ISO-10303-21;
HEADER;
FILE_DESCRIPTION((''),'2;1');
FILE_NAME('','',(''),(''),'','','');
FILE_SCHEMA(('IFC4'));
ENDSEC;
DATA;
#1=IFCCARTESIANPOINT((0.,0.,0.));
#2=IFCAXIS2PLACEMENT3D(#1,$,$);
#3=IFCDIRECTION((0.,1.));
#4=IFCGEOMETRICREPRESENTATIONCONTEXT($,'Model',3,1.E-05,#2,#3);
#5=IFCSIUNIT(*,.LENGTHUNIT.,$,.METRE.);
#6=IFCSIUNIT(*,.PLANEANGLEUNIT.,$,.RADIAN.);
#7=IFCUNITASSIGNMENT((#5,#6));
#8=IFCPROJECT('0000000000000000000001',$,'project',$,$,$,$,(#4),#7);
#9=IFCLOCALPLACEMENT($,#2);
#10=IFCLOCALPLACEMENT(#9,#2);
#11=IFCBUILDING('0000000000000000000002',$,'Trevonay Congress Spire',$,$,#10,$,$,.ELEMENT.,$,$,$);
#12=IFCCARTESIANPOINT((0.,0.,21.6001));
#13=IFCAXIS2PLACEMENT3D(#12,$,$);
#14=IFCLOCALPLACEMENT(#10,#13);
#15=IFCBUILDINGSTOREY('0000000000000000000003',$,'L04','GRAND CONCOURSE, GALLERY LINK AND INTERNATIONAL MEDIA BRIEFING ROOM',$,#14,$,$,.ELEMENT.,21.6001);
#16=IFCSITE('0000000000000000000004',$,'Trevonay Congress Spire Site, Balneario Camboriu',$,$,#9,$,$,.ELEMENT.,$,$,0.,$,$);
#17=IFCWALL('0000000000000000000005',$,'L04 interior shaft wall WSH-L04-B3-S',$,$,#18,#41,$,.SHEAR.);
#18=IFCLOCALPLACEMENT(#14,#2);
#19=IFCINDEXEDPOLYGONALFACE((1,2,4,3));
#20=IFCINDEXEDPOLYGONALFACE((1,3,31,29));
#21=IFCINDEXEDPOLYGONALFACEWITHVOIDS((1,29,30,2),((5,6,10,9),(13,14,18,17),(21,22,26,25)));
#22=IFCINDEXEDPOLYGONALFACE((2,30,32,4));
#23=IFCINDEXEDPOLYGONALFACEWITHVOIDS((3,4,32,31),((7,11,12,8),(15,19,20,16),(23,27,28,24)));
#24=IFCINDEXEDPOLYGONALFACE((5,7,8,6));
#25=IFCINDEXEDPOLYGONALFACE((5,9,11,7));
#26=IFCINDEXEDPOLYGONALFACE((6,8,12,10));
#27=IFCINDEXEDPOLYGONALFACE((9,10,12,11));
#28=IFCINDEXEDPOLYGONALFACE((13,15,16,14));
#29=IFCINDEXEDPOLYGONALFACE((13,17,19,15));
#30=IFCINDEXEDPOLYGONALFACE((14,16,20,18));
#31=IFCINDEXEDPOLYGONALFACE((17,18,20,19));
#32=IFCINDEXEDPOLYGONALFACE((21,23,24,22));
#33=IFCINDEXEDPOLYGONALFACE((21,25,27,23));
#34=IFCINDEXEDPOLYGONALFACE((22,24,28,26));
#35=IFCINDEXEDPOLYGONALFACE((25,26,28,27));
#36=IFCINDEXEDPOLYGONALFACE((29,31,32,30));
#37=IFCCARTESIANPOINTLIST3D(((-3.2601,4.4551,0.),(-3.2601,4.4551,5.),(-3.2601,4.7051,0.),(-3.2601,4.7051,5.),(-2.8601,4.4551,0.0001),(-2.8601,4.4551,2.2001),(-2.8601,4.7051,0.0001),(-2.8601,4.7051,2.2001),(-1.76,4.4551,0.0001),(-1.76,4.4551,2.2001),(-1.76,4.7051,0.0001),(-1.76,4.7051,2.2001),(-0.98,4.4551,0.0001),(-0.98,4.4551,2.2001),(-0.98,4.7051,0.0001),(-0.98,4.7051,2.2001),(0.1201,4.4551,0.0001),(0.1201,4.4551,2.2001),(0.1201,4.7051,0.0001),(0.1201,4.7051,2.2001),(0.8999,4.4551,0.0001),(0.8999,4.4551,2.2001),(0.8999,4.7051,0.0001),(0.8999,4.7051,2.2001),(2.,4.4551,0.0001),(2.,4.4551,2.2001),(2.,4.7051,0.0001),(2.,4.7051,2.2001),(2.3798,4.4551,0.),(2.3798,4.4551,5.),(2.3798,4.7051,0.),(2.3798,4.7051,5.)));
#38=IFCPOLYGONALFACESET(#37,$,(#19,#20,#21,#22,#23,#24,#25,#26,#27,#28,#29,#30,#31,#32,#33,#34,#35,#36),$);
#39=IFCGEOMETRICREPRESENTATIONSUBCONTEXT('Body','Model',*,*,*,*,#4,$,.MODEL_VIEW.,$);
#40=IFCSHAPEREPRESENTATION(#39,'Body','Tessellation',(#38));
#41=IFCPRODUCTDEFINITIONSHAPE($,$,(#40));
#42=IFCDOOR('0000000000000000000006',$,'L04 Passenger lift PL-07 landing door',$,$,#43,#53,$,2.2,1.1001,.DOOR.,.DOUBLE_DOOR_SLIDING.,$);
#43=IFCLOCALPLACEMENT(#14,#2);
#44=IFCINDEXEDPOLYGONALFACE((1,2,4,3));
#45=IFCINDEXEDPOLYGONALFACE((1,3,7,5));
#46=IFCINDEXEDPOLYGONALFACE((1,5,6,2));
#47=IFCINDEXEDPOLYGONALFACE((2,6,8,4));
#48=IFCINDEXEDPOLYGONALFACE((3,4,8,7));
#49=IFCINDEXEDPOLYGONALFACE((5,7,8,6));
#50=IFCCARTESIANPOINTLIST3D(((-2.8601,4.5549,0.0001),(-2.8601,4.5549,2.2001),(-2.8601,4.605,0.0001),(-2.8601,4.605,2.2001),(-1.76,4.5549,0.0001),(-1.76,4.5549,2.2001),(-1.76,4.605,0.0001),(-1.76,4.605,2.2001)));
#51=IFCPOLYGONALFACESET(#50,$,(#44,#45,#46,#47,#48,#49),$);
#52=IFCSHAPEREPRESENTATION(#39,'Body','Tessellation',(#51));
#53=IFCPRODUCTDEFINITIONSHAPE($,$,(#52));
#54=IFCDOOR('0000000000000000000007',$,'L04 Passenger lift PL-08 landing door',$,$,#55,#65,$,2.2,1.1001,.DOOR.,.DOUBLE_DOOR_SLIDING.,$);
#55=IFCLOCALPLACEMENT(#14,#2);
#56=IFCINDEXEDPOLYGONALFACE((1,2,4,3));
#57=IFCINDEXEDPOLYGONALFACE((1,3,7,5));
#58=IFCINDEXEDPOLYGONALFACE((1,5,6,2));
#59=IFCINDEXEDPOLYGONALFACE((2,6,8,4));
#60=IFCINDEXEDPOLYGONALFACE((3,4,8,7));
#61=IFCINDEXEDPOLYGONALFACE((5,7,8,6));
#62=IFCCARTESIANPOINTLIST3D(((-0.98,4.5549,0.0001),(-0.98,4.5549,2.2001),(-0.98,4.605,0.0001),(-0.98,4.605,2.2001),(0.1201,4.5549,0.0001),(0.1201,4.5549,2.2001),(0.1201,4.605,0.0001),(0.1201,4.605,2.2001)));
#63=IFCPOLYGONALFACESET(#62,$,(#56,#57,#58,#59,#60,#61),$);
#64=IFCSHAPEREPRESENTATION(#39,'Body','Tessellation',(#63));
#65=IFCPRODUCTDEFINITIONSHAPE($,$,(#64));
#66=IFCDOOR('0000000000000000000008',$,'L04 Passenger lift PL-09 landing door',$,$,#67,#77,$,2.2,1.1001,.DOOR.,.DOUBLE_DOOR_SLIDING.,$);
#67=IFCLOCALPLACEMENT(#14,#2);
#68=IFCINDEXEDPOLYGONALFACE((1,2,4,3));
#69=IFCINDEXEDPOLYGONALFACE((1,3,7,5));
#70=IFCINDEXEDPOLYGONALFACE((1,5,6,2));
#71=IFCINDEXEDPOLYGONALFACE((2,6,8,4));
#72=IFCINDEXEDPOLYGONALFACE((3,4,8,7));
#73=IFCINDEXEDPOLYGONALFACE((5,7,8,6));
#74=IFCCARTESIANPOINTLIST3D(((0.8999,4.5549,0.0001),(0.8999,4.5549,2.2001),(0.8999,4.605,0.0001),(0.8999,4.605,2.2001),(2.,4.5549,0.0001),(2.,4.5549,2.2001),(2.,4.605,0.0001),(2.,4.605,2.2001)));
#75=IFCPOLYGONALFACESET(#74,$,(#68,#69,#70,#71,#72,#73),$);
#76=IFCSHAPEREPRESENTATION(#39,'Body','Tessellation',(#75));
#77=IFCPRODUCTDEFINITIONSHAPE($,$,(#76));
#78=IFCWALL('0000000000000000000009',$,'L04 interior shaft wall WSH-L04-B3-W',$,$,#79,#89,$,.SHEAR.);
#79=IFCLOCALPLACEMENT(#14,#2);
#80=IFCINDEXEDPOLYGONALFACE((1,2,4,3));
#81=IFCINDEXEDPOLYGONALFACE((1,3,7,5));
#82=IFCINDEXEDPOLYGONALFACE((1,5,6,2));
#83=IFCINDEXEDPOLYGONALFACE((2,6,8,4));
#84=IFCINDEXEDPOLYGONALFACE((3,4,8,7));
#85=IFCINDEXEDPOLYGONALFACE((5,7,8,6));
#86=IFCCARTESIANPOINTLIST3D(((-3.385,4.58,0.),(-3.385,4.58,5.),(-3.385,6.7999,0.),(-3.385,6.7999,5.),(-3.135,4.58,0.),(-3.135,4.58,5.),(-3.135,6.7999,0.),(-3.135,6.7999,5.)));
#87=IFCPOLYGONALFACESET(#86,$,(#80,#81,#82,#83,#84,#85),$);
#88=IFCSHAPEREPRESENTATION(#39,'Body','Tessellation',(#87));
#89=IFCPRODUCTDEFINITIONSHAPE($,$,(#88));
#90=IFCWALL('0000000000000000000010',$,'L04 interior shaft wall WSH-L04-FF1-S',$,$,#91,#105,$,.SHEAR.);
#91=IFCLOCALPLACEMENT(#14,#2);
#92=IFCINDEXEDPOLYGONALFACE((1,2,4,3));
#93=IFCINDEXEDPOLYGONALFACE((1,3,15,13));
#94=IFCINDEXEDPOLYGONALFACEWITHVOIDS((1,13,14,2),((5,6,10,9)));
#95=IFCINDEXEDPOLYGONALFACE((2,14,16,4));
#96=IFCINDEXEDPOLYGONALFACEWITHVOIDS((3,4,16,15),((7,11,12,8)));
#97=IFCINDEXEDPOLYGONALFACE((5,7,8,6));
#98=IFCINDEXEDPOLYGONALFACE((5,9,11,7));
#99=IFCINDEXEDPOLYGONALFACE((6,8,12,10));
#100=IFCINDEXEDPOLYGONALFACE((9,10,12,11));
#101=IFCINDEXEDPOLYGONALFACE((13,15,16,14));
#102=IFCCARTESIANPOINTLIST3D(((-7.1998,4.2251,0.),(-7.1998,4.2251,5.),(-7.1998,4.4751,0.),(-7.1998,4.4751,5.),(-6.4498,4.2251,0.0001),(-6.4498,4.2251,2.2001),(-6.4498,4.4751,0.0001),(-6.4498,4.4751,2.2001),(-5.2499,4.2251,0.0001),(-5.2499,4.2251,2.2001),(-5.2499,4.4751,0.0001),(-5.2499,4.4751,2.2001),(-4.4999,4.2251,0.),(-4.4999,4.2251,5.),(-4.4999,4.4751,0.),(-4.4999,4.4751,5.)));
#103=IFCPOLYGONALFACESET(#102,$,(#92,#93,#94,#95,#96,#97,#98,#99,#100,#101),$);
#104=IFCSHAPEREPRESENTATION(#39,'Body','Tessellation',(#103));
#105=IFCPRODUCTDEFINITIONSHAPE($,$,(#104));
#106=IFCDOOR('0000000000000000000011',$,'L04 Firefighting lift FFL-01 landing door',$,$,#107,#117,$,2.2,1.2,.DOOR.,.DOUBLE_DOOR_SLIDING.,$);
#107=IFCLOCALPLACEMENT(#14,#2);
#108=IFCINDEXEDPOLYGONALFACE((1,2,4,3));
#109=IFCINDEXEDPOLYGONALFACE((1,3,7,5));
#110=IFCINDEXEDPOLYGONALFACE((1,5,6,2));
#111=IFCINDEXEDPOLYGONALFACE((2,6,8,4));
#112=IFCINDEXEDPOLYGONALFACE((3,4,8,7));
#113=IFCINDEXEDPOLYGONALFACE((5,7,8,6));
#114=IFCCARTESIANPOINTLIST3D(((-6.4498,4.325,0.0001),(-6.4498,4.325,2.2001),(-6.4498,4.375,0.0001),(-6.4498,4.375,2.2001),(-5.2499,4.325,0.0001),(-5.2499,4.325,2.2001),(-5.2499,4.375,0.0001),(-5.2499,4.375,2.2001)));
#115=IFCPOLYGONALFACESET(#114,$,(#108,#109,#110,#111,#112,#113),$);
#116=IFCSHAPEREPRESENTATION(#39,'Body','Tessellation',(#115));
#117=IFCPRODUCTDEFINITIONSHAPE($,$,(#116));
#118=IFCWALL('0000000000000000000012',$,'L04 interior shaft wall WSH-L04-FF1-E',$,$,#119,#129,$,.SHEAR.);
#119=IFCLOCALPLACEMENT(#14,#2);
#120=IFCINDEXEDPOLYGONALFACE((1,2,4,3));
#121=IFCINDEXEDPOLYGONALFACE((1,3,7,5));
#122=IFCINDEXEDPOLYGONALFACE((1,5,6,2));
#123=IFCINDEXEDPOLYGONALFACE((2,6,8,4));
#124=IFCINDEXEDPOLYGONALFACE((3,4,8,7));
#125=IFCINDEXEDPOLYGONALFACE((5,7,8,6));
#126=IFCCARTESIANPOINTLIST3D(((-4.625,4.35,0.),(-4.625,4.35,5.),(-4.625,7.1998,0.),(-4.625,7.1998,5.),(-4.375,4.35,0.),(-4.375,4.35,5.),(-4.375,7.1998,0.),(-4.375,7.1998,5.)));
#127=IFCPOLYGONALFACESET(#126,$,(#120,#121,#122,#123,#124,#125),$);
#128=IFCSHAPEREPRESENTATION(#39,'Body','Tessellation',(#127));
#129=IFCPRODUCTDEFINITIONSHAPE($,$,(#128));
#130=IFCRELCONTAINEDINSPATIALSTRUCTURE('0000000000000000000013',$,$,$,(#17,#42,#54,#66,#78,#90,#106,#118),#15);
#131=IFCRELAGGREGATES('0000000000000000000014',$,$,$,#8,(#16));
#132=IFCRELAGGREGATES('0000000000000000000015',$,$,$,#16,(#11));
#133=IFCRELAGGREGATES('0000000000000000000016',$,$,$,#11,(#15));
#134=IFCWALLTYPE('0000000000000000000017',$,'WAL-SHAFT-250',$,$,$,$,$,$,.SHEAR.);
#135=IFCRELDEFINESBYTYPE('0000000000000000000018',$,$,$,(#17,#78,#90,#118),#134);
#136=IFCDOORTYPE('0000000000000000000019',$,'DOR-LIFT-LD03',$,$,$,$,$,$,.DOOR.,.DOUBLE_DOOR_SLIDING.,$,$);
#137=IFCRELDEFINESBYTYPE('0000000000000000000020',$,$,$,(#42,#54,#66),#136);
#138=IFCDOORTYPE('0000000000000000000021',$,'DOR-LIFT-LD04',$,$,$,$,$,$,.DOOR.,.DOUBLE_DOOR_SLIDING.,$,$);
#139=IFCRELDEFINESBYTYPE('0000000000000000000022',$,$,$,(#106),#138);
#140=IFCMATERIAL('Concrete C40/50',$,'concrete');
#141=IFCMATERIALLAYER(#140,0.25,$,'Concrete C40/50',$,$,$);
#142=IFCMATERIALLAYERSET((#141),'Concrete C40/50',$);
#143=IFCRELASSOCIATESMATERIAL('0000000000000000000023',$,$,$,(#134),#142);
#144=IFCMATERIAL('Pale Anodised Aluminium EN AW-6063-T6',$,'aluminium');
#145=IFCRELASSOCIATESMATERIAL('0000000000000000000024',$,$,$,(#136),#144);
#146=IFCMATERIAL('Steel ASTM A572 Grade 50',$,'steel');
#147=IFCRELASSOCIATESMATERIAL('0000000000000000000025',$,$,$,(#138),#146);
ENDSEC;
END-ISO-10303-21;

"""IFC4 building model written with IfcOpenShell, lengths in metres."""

from ifc_helpers import new_model, si_unit, direction, frame, frame_2d, origin, place, context, subcontext, project, spatial, rectangle, extrude, material, layer, layer_set, type_object, element, fill, save


model = new_model("IFC4")

# Units and contexts
model_context = context("Model", 3, precision=1e-05, world=origin(), true_north=direction((0.0, 1.0)))
body_context = subcontext(model_context, "Body", "Model", "MODEL_VIEW")
ifc_project = project(units=[si_unit("LENGTHUNIT", "METRE"), si_unit("PLANEANGLEUNIT", "RADIAN")], contexts=[model_context])

# Site, building, storey
site_placement = place(None, origin())
site = spatial("IfcSite", under=ifc_project, at=site_placement, Name="Trevonay Congress Spire Site, Balneario Camboriu", CompositionType="ELEMENT", RefElevation=0.0)
building_placement = place(site_placement, origin())
building = spatial("IfcBuilding", under=site, at=building_placement, Name="Trevonay Congress Spire", CompositionType="ELEMENT")
storey_placement = place(building_placement, frame((0.0, 0.0, 21.6001)))
storey = spatial("IfcBuildingStorey", under=building, at=storey_placement, Name="L04", Description="GRAND CONCOURSE, GALLERY LINK AND INTERNATIONAL MEDIA BRIEFING ROOM", CompositionType="ELEMENT", Elevation=21.6001)

# Shared definitions
ifc_material_1 = material(Name="Steel ASTM A572 Grade 50", Category="steel")

# Shared definitions
ifc_material_2 = material(Name="Concrete C40/50", Category="concrete")

# Wall, openings, doors
ifc_layer_1 = layer(ifc_material_2, 0.25, Name="Concrete C40/50")
ifc_layer_set_1 = layer_set([ifc_layer_1], Name="Concrete C40/50")
wall_type_1 = type_object("IfcWallType", Name="WAL-SHAFT-250", PredefinedType="SHEAR", material=ifc_layer_set_1)
wall_1_placement = place(storey_placement, frame((-3.26, 4.5801, 0.0), z_axis=(0.0, 0.0, 1.0), x_axis=(1.0, 0.0, 0.0)))
wall_1 = element("IfcWall", 1, at=wall_1_placement, inside=storey, type_object=wall_type_1, Name="L04 interior shaft wall WSH-L04-B3-S", PredefinedType="SHEAR", context=body_context, shape_type="SweptSolid", body=[
    extrude(rectangle(XDim=5.6399, YDim=0.25, at=frame_2d((2.8198, 0.0))), origin(), (0.0, 0.0, 1.0), 5.0),
])
opening_1_placement = place(wall_1_placement, frame((0.3999, 0.0, 0.0)))
opening_1 = element("IfcOpeningElement", 2, at=opening_1_placement, cuts=wall_1, PredefinedType="OPENING", context=body_context, shape_type="SweptSolid", body=[
    extrude(rectangle(XDim=1.1001, YDim=2.2, at=frame_2d((0.55, 1.1001))), frame((0.0, 0.135, 0.0), z_axis=(0.0, -1.0, 0.0), x_axis=(1.0, 0.0, 0.0)), (0.0, 0.0, 1.0), 0.27),
])
opening_2_placement = place(wall_1_placement, frame((2.28, 0.0, 0.0)))
opening_2 = element("IfcOpeningElement", 3, at=opening_2_placement, cuts=wall_1, PredefinedType="OPENING", context=body_context, shape_type="SweptSolid", body=[
    extrude(rectangle(XDim=1.1001, YDim=2.2, at=frame_2d((0.55, 1.1001))), frame((0.0, 0.135, 0.0), z_axis=(0.0, -1.0, 0.0), x_axis=(1.0, 0.0, 0.0)), (0.0, 0.0, 1.0), 0.27),
])
opening_3_placement = place(wall_1_placement, frame((4.1599, 0.0, 0.0)))
opening_3 = element("IfcOpeningElement", 4, at=opening_3_placement, cuts=wall_1, PredefinedType="OPENING", context=body_context, shape_type="SweptSolid", body=[
    extrude(rectangle(XDim=1.1001, YDim=2.2, at=frame_2d((0.55, 1.1001))), frame((0.0, 0.135, 0.0), z_axis=(0.0, -1.0, 0.0), x_axis=(1.0, 0.0, 0.0)), (0.0, 0.0, 1.0), 0.27),
])
ifc_material_3 = material(Name="Pale Anodised Aluminium EN AW-6063-T6", Category="aluminium")
door_type_1 = type_object("IfcDoorType", Name="DOR-LIFT-LD03", OperationType="DOUBLE_DOOR_SLIDING", PredefinedType="DOOR", material=ifc_material_3)
door_1_placement = place(opening_1_placement, origin())
door_1 = element("IfcDoor", 5, at=door_1_placement, inside=storey, type_object=door_type_1, Name="L04 Passenger lift PL-07 landing door", OperationType="DOUBLE_DOOR_SLIDING", OverallHeight=2.2, OverallWidth=1.1001, PredefinedType="DOOR", context=body_context, shape_type="SweptSolid", body=[
    extrude(rectangle(XDim=1.1001, YDim=2.2, at=frame_2d((0.55, 1.1001))), frame((0.0, 0.0249, 0.0), z_axis=(0.0, -1.0, 0.0), x_axis=(1.0, 0.0, 0.0)), (0.0, 0.0, 1.0), 0.05),
])
fill(opening_1, door_1)
door_2_placement = place(opening_2_placement, origin())
door_2 = element("IfcDoor", 6, at=door_2_placement, inside=storey, type_object=door_type_1, Name="L04 Passenger lift PL-08 landing door", OperationType="DOUBLE_DOOR_SLIDING", OverallHeight=2.2, OverallWidth=1.1001, PredefinedType="DOOR", context=body_context, shape_type="SweptSolid", body=[
    extrude(rectangle(XDim=1.1001, YDim=2.2, at=frame_2d((0.55, 1.1001))), frame((0.0, 0.0249, 0.0), z_axis=(0.0, -1.0, 0.0), x_axis=(1.0, 0.0, 0.0)), (0.0, 0.0, 1.0), 0.05),
])
fill(opening_2, door_2)
door_3_placement = place(opening_3_placement, origin())
door_3 = element("IfcDoor", 7, at=door_3_placement, inside=storey, type_object=door_type_1, Name="L04 Passenger lift PL-09 landing door", OperationType="DOUBLE_DOOR_SLIDING", OverallHeight=2.2, OverallWidth=1.1001, PredefinedType="DOOR", context=body_context, shape_type="SweptSolid", body=[
    extrude(rectangle(XDim=1.1001, YDim=2.2, at=frame_2d((0.55, 1.1001))), frame((0.0, 0.0249, 0.0), z_axis=(0.0, -1.0, 0.0), x_axis=(1.0, 0.0, 0.0)), (0.0, 0.0, 1.0), 0.05),
])
fill(opening_3, door_3)

# Wall
wall_2_placement = place(storey_placement, frame((-3.26, 4.5801, 0.0), z_axis=(0.0, 0.0, 1.0), x_axis=(0.0, 1.0, 0.0)))
element("IfcWall", 8, at=wall_2_placement, inside=storey, type_object=wall_type_1, Name="L04 interior shaft wall WSH-L04-B3-W", PredefinedType="SHEAR", context=body_context, shape_type="SweptSolid", body=[
    extrude(rectangle(XDim=2.22, YDim=0.25, at=frame_2d((1.1099, 0.0))), origin(), (0.0, 0.0, 1.0), 5.0),
])

# Wall, opening, door
wall_3_placement = place(storey_placement, frame((-7.2, 4.3501, 0.0), z_axis=(0.0, 0.0, 1.0), x_axis=(1.0, 0.0, 0.0)))
wall_3 = element("IfcWall", 9, at=wall_3_placement, inside=storey, type_object=wall_type_1, Name="L04 interior shaft wall WSH-L04-FF1-S", PredefinedType="SHEAR", context=body_context, shape_type="SweptSolid", body=[
    extrude(rectangle(XDim=2.7, YDim=0.25, at=frame_2d((1.3501, 0.0))), origin(), (0.0, 0.0, 1.0), 5.0),
])
opening_4_placement = place(wall_3_placement, frame((0.75, 0.0, 0.0)))
opening_4 = element("IfcOpeningElement", 10, at=opening_4_placement, cuts=wall_3, PredefinedType="OPENING", context=body_context, shape_type="SweptSolid", body=[
    extrude(rectangle(XDim=1.2, YDim=2.2, at=frame_2d((0.6001, 1.1001))), frame((0.0, 0.135, 0.0), z_axis=(0.0, -1.0, 0.0), x_axis=(1.0, 0.0, 0.0)), (0.0, 0.0, 1.0), 0.27),
])
door_type_2 = type_object("IfcDoorType", Name="DOR-LIFT-LD04", OperationType="DOUBLE_DOOR_SLIDING", PredefinedType="DOOR", material=ifc_material_1)
door_4_placement = place(opening_4_placement, origin())
door_4 = element("IfcDoor", 11, at=door_4_placement, inside=storey, type_object=door_type_2, Name="L04 Firefighting lift FFL-01 landing door", OperationType="DOUBLE_DOOR_SLIDING", OverallHeight=2.2, OverallWidth=1.2, PredefinedType="DOOR", context=body_context, shape_type="SweptSolid", body=[
    extrude(rectangle(XDim=1.2, YDim=2.2, at=frame_2d((0.6001, 1.1001))), frame((0.0, 0.0249, 0.0), z_axis=(0.0, -1.0, 0.0), x_axis=(1.0, 0.0, 0.0)), (0.0, 0.0, 1.0), 0.05),
])
fill(opening_4, door_4)

# Wall
wall_4_placement = place(storey_placement, frame((-4.5, 4.3501, 0.0), z_axis=(0.0, 0.0, 1.0), x_axis=(0.0, 1.0, 0.0)))
element("IfcWall", 12, at=wall_4_placement, inside=storey, type_object=wall_type_1, Name="L04 interior shaft wall WSH-L04-FF1-E", PredefinedType="SHEAR", context=body_context, shape_type="SweptSolid", body=[
    extrude(rectangle(XDim=2.8499, YDim=0.25, at=frame_2d((1.4248, 0.0))), origin(), (0.0, 0.0, 1.0), 5.0),
])

save(model, "model.ifc")
